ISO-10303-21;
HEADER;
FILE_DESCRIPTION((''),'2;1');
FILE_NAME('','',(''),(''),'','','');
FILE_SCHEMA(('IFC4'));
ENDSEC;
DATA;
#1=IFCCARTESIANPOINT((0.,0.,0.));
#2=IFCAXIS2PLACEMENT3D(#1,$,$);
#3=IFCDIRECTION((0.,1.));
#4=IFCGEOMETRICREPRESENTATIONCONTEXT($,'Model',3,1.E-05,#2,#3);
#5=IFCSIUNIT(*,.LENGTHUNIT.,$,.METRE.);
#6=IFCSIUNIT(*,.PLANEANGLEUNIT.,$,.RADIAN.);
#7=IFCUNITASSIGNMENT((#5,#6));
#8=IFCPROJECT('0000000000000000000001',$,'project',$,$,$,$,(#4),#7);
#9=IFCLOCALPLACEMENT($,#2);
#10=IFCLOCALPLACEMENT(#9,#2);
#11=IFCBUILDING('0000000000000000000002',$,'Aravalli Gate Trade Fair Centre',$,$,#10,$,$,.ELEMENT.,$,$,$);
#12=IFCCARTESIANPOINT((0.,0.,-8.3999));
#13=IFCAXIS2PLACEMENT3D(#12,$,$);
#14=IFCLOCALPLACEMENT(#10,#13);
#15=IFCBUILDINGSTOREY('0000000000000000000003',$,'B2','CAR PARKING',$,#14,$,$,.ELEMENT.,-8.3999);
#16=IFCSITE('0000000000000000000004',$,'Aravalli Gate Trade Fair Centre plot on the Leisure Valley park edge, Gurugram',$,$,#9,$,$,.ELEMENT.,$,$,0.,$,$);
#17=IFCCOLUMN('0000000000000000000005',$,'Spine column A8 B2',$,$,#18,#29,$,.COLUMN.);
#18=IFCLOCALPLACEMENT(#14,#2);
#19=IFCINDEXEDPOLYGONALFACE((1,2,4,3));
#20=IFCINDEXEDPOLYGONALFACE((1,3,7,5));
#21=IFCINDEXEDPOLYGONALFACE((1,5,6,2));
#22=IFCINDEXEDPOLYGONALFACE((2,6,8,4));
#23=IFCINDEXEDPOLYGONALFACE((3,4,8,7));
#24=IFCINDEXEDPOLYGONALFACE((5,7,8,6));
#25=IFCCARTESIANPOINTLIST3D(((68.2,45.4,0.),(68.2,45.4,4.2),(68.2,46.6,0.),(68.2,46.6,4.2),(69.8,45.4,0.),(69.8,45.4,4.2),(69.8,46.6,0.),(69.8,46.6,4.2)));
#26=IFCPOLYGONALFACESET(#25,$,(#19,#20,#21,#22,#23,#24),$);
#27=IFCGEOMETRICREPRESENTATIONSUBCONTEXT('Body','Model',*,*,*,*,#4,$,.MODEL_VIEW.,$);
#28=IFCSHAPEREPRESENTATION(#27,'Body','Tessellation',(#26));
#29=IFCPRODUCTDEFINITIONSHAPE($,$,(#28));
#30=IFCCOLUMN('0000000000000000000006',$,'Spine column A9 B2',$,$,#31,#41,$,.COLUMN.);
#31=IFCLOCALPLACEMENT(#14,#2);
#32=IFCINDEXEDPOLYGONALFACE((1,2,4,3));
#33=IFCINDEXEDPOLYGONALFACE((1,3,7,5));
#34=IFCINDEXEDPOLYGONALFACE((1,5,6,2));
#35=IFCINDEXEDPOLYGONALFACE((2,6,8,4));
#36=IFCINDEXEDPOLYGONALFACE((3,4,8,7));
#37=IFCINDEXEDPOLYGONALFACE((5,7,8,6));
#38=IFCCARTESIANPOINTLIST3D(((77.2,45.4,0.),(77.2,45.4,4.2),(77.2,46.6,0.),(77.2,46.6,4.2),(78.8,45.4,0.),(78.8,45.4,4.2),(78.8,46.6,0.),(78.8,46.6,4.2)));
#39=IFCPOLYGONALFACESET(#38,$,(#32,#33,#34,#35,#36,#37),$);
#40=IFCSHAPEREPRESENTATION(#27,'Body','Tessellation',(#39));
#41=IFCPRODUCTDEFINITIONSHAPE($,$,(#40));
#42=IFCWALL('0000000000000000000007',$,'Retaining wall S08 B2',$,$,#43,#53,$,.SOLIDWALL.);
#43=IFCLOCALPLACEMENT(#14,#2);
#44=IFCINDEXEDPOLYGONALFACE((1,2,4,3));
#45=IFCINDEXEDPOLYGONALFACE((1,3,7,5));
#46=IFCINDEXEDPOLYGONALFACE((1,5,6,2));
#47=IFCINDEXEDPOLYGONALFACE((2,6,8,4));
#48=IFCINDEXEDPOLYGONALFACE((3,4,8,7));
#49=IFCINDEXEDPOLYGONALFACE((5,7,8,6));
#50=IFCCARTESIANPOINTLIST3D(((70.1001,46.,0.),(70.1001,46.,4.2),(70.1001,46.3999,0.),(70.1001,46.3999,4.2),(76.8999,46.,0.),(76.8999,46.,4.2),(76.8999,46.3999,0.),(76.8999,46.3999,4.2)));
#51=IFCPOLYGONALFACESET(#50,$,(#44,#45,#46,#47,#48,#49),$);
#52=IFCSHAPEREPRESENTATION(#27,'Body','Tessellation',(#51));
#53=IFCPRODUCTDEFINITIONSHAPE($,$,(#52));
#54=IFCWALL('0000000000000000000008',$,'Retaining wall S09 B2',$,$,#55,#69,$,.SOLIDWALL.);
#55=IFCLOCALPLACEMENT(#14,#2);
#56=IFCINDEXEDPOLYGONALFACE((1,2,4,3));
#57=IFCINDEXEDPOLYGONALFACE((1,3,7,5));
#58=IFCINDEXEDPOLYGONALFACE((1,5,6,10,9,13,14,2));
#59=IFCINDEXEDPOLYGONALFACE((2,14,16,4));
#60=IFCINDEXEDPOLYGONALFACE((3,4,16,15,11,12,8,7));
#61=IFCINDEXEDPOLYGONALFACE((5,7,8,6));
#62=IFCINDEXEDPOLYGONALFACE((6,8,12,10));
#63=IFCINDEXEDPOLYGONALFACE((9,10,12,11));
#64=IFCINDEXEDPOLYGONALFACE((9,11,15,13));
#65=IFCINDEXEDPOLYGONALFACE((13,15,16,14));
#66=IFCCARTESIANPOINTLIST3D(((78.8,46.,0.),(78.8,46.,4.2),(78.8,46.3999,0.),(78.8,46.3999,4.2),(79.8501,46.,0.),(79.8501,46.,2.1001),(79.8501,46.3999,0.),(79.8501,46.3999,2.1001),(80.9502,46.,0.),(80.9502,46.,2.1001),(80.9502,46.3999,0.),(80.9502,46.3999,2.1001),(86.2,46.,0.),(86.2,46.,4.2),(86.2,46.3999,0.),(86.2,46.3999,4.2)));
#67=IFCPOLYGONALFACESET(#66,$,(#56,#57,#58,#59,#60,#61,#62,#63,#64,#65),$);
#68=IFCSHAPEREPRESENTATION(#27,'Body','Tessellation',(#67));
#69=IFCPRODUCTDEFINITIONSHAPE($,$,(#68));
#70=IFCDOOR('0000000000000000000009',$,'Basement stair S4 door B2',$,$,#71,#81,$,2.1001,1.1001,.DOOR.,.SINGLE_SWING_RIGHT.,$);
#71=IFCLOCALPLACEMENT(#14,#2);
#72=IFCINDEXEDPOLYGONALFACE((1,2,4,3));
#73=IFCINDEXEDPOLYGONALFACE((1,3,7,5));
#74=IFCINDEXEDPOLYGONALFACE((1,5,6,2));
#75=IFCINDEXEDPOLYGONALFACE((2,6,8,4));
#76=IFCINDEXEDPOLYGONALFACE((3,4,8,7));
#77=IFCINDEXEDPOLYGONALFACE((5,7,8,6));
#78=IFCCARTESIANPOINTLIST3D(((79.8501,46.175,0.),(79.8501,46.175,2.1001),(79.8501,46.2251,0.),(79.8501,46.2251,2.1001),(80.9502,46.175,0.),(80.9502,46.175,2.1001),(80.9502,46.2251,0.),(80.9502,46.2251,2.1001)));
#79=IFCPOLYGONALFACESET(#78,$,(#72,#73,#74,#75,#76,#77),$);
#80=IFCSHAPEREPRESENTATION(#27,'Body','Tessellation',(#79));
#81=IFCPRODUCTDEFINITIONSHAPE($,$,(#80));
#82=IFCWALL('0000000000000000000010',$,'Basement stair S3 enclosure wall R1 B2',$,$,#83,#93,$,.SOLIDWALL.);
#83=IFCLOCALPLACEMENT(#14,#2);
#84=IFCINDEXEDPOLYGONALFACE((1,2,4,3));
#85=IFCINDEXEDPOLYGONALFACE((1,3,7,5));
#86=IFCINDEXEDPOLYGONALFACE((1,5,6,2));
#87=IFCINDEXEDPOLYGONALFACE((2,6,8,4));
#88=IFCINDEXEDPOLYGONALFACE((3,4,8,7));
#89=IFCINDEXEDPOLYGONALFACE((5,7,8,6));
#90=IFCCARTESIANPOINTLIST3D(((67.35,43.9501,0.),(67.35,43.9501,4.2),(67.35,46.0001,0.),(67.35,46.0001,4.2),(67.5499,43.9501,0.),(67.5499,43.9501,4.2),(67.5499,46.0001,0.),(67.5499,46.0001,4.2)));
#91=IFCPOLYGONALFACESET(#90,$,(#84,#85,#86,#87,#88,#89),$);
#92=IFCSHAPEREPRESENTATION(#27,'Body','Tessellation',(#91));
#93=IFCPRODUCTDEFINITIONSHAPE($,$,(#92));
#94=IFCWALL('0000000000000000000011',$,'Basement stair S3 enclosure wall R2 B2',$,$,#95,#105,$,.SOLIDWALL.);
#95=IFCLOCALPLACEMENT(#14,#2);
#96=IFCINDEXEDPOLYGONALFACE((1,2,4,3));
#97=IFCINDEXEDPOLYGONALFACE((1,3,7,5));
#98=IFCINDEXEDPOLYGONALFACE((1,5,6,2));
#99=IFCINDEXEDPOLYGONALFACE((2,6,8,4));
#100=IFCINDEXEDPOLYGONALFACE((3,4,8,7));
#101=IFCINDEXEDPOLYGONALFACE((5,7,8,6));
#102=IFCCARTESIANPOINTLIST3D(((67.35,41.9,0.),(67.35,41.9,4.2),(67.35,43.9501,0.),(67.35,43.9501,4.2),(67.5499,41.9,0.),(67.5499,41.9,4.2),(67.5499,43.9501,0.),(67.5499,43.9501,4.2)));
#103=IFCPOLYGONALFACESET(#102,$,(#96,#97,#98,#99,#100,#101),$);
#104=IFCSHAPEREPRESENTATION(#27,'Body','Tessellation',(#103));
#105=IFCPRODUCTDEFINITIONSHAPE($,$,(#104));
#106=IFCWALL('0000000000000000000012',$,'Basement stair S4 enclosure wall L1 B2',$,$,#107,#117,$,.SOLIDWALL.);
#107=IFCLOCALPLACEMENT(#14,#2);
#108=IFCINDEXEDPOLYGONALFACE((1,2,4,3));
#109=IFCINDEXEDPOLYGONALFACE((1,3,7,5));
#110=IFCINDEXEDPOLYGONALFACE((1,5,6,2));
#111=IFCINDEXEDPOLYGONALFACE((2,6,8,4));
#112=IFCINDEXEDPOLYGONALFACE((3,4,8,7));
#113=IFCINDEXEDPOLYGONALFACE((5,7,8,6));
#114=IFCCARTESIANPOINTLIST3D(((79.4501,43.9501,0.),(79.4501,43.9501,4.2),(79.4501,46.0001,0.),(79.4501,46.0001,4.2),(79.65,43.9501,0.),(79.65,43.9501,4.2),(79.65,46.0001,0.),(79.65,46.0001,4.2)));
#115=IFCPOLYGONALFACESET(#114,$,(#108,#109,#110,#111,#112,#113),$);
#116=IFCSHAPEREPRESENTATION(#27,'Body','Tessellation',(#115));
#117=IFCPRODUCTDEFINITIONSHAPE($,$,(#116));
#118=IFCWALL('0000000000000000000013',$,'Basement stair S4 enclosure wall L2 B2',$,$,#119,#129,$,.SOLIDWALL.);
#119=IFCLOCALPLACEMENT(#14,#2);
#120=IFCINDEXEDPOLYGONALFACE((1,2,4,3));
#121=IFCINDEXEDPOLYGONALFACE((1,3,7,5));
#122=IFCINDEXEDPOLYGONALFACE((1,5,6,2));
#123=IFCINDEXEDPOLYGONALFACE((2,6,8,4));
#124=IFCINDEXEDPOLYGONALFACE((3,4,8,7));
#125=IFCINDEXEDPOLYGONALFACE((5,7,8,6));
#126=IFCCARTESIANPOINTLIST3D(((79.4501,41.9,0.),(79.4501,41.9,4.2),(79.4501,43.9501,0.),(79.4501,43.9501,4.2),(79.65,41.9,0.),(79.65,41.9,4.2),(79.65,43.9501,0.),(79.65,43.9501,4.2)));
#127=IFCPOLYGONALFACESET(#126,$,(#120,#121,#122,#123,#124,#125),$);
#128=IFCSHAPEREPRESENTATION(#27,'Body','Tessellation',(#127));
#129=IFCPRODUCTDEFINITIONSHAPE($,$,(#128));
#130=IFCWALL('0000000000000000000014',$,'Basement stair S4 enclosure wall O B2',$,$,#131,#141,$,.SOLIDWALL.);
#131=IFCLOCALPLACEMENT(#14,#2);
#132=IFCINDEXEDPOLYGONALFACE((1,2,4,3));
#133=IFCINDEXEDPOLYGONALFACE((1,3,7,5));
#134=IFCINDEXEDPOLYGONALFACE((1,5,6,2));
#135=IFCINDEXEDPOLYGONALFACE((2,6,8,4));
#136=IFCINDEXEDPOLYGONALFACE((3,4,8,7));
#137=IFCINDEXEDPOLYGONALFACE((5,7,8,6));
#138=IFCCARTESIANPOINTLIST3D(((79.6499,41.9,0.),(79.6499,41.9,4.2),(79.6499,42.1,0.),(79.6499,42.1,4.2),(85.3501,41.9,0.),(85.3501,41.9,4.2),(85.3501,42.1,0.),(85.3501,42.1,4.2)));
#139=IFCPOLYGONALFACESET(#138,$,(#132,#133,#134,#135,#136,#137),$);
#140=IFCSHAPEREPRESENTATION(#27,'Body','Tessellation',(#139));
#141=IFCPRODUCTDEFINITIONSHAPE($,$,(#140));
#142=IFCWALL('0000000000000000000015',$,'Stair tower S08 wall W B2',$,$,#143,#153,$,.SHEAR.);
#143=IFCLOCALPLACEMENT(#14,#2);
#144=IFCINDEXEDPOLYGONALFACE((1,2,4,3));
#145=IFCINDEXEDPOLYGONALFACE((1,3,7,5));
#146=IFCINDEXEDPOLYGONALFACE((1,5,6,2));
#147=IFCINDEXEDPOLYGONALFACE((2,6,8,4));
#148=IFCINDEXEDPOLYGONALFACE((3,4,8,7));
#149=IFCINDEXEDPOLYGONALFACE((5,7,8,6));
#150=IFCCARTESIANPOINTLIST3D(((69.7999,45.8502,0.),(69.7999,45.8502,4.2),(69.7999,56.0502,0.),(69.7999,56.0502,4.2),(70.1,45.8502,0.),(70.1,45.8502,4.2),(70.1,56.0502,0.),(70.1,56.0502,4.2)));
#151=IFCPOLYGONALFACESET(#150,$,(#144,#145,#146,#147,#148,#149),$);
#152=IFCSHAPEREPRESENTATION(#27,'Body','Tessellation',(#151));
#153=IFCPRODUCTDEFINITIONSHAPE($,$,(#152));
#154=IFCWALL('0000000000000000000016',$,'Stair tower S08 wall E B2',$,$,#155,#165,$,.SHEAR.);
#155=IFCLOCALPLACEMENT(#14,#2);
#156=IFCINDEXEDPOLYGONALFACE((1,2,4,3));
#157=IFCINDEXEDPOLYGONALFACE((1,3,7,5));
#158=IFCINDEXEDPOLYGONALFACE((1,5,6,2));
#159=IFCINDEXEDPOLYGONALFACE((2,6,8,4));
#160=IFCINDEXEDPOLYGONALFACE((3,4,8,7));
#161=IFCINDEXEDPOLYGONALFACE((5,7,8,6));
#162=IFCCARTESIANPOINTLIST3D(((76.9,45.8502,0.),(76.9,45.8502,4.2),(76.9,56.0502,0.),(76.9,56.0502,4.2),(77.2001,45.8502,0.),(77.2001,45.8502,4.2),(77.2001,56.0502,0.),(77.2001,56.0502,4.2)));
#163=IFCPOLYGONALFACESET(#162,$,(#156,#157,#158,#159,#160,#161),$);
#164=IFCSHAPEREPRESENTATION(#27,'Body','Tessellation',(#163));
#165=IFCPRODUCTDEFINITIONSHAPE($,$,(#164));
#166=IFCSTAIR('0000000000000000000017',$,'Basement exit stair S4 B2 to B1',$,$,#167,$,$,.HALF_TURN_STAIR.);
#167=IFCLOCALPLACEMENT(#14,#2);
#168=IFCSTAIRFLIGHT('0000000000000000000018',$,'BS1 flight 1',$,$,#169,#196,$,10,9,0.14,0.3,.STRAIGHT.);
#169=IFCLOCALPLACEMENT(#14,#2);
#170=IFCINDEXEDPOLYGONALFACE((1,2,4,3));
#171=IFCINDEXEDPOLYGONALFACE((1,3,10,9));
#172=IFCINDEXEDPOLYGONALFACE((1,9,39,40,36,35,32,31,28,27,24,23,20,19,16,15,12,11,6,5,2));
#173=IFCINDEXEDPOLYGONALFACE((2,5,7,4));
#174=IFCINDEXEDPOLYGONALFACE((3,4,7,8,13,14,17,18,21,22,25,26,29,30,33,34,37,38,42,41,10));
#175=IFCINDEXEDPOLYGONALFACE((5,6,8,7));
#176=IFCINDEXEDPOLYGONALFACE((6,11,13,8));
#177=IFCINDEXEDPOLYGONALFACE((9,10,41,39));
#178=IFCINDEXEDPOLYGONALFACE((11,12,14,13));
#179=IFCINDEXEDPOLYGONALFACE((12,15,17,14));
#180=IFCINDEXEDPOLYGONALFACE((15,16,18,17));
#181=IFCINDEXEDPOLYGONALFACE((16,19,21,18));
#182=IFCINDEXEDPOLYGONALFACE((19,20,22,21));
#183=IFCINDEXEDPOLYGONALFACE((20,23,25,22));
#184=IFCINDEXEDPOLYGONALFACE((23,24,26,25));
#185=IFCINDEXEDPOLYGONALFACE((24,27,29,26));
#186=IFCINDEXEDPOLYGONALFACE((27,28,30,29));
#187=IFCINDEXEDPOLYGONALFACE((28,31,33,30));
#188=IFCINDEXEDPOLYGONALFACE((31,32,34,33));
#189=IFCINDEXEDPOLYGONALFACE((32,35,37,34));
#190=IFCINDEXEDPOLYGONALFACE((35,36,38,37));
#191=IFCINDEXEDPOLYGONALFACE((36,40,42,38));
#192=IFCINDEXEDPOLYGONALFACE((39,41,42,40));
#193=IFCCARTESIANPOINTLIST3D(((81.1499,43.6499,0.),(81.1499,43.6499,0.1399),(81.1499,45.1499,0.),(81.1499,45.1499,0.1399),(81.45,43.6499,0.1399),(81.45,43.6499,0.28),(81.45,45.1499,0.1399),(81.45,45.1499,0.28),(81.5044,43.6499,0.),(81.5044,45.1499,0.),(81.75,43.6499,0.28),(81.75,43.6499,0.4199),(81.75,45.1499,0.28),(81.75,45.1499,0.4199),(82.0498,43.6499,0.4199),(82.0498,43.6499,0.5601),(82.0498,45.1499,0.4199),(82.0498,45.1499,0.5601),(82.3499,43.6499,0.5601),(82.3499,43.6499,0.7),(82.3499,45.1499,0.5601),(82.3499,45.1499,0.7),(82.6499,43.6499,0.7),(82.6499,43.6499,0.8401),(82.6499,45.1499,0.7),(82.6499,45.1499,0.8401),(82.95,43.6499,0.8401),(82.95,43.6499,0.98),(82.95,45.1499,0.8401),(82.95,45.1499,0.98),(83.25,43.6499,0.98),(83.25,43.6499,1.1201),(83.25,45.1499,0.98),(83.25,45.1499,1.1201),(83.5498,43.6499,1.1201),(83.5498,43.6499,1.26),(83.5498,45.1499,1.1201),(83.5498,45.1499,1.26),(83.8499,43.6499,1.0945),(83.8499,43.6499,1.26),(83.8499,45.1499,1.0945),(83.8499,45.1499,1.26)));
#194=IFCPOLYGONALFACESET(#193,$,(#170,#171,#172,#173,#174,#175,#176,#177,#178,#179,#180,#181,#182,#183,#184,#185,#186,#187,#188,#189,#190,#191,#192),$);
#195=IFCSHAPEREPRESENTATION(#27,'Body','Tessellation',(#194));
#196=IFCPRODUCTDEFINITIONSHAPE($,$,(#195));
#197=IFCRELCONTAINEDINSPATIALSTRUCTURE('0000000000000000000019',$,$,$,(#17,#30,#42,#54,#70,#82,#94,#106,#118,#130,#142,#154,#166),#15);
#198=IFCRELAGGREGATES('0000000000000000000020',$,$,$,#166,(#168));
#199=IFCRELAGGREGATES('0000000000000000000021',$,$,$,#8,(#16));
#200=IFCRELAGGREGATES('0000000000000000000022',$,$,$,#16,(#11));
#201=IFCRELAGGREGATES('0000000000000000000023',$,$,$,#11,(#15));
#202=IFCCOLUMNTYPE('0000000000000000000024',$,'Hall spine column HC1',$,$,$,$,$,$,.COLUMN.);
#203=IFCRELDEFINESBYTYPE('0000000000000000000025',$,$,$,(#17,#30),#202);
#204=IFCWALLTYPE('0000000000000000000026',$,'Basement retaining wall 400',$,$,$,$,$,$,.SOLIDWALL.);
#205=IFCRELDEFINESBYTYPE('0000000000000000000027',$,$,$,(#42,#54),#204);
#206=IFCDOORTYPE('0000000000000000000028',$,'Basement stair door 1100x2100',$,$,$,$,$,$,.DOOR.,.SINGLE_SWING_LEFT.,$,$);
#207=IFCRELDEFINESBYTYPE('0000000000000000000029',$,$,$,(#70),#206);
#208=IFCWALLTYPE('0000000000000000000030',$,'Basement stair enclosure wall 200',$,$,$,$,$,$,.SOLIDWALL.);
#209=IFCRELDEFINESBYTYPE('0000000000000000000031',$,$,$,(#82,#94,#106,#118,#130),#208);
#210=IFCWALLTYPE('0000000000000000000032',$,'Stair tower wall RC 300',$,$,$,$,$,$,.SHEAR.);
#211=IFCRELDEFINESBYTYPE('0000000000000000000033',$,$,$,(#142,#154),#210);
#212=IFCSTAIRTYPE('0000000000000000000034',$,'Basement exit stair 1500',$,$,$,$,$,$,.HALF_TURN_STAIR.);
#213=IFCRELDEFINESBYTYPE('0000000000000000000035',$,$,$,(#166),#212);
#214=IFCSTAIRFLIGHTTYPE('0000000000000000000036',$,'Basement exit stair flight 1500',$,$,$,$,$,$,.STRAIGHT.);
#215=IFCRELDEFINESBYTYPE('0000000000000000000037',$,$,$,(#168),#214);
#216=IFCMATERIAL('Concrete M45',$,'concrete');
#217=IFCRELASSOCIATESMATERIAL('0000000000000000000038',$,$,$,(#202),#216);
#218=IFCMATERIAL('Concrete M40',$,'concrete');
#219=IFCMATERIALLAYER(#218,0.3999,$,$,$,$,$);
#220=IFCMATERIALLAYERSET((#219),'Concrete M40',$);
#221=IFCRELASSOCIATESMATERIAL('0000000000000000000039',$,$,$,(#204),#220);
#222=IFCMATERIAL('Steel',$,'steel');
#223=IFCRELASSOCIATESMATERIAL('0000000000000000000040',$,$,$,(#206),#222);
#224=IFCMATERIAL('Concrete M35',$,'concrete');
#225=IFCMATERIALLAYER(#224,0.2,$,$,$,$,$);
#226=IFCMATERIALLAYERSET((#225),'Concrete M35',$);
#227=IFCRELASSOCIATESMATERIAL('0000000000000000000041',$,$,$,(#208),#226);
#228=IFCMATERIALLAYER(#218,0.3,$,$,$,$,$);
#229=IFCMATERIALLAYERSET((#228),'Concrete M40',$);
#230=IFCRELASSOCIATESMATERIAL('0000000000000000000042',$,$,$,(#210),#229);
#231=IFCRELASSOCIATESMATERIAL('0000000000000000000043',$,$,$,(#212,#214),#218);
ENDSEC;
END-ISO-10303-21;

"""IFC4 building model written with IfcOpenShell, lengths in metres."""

from ifc_helpers import new_model, si_unit, direction, frame, frame_2d, origin, origin_2d, place, context, subcontext, project, spatial, polyline, rectangle, outline, extrude, material, layer, layer_set, material_profile, profile_set, type_object, element, fill, aggregate, save


model = new_model("IFC4")

# Units and contexts
model_context = context("Model", 3, precision=1e-05, world=origin(), true_north=direction((0.0, 1.0)))
body_context = subcontext(model_context, "Body", "Model", "MODEL_VIEW")
ifc_project = project(units=[si_unit("LENGTHUNIT", "METRE"), si_unit("PLANEANGLEUNIT", "RADIAN")], contexts=[model_context])

# Site, building, storey
site_placement = place(None, origin())
site = spatial("IfcSite", under=ifc_project, at=site_placement, Name="Aravalli Gate Trade Fair Centre plot on the Leisure Valley park edge, Gurugram", CompositionType="ELEMENT", RefElevation=0.0)
building_placement = place(site_placement, origin())
building = spatial("IfcBuilding", under=site, at=building_placement, Name="Aravalli Gate Trade Fair Centre", CompositionType="ELEMENT")
storey_placement = place(building_placement, frame((0.0, 0.0, -8.3999)))
storey = spatial("IfcBuildingStorey", under=building, at=storey_placement, Name="B2", Description="CAR PARKING", CompositionType="ELEMENT", Elevation=-8.3999)

# Shared definitions
ifc_material_1 = material(Name="Concrete M35", Category="concrete")

# Columns
ifc_material_2 = material(Name="Concrete M45", Category="concrete")
ifc_material_profile_1 = material_profile(ifc_material_2, rectangle(XDim=1.6001, YDim=1.2, at=origin_2d()), Name="RC 1600x1200")
ifc_profile_set_1 = profile_set([ifc_material_profile_1], Name="Concrete M45")
column_type = type_object("IfcColumnType", Name="Hall spine column HC1", PredefinedType="COLUMN", material=ifc_profile_set_1)
for number, where, z_axis, x_axis, name in (
    (1, (69.0, 46.0, 0.0), (0.0, 0.0, 1.0), (1.0, 0.0, 0.0), "Spine column A8 B2"),
    (2, (78.0, 46.0, 0.0), (0.0, 0.0, 1.0), (1.0, 0.0, 0.0), "Spine column A9 B2"),
):
    element("IfcColumn", number, at=place(storey_placement, frame(where, z_axis=z_axis, x_axis=x_axis)), inside=storey, type_object=column_type, Name=name, PredefinedType="COLUMN", context=body_context, shape_type="SweptSolid", body=[
        extrude(rectangle(XDim=1.6001, YDim=1.2, at=origin_2d()), origin(), (0.0, 0.0, 1.0), 4.2),
    ])

# Wall
ifc_material_3 = material(Name="Concrete M40", Category="concrete")
ifc_layer_1 = layer(ifc_material_3, 0.3999)
ifc_layer_set_1 = layer_set([ifc_layer_1], Name="Concrete M40")
wall_type_1 = type_object("IfcWallType", Name="Basement retaining wall 400", PredefinedType="SOLIDWALL", material=ifc_layer_set_1)
wall_1_placement = place(storey_placement, frame((70.1001, 46.2, 0.0), z_axis=(0.0, 0.0, 1.0), x_axis=(1.0, 0.0, 0.0)))
element("IfcWall", 3, at=wall_1_placement, inside=storey, type_object=wall_type_1, Name="Retaining wall S08 B2", PredefinedType="SOLIDWALL", context=body_context, shape_type="SweptSolid", body=[
    extrude(rectangle(XDim=6.7998, YDim=0.3999, at=frame_2d((3.3999, 0.0))), origin(), (0.0, 0.0, 1.0), 4.2),
])

# Wall, opening, door
wall_2_placement = place(storey_placement, frame((78.8, 46.2, 0.0), z_axis=(0.0, 0.0, 1.0), x_axis=(1.0, 0.0, 0.0)))
wall_2 = element("IfcWall", 4, at=wall_2_placement, inside=storey, type_object=wall_type_1, Name="Retaining wall S09 B2", PredefinedType="SOLIDWALL", context=body_context, shape_type="SweptSolid", body=[
    extrude(rectangle(XDim=7.3999, YDim=0.3999, at=frame_2d((3.7, 0.0))), origin(), (0.0, 0.0, 1.0), 4.2),
])
opening_placement = place(wall_2_placement, frame((1.05, 0.0, 0.0)))
opening = element("IfcOpeningElement", 5, at=opening_placement, cuts=wall_2, PredefinedType="OPENING", context=body_context, shape_type="SweptSolid", body=[
    extrude(rectangle(XDim=1.1001, YDim=2.1001, at=frame_2d((0.55, 1.05))), frame((0.0, 0.21, 0.0), z_axis=(0.0, -1.0, 0.0), x_axis=(1.0, 0.0, 0.0)), (0.0, 0.0, 1.0), 0.4199),
])
ifc_material_4 = material(Name="Steel", Category="steel")
door_type = type_object("IfcDoorType", Name="Basement stair door 1100x2100", OperationType="SINGLE_SWING_LEFT", PredefinedType="DOOR", material=ifc_material_4)
door_placement = place(opening_placement, frame((1.1001, 0.0, 0.0), z_axis=(0.0, 0.0, 1.0), x_axis=(-1.0, 0.0, 0.0)))
door = element("IfcDoor", 6, at=door_placement, inside=storey, type_object=door_type, Name="Basement stair S4 door B2", OperationType="SINGLE_SWING_RIGHT", OverallHeight=2.1001, OverallWidth=1.1001, PredefinedType="DOOR", context=body_context, shape_type="SweptSolid", body=[
    extrude(rectangle(XDim=1.1001, YDim=2.1001, at=frame_2d((0.55, 1.05))), frame((0.0, 0.0249, 0.0), z_axis=(0.0, -1.0, 0.0), x_axis=(1.0, 0.0, 0.0)), (0.0, 0.0, 1.0), 0.05),
])
fill(opening, door)

# Walls
ifc_layer_2 = layer(ifc_material_1, 0.2)
ifc_layer_set_2 = layer_set([ifc_layer_2], Name="Concrete M35")
wall_type_2 = type_object("IfcWallType", Name="Basement stair enclosure wall 200", PredefinedType="SOLIDWALL", material=ifc_layer_set_2)
for number, where, z_axis, x_axis, name in (
    (7, (67.45, 46.0, 0.0), (0.0, 0.0, 1.0), (0.0, -1.0, 0.0), "Basement stair S3 enclosure wall R1 B2"),
    (8, (67.45, 43.95, 0.0), (0.0, 0.0, 1.0), (0.0, -1.0, 0.0), "Basement stair S3 enclosure wall R2 B2"),
    (9, (79.55, 46.0, 0.0), (0.0, 0.0, 1.0), (0.0, -1.0, 0.0), "Basement stair S4 enclosure wall L1 B2"),
    (10, (79.55, 43.95, 0.0), (0.0, 0.0, 1.0), (0.0, -1.0, 0.0), "Basement stair S4 enclosure wall L2 B2"),
):
    element("IfcWall", number, at=place(storey_placement, frame(where, z_axis=z_axis, x_axis=x_axis)), inside=storey, type_object=wall_type_2, Name=name, PredefinedType="SOLIDWALL", context=body_context, shape_type="SweptSolid", body=[
        extrude(rectangle(XDim=2.05, YDim=0.2, at=frame_2d((1.0249, 0.0))), origin(), (0.0, 0.0, 1.0), 4.2),
    ])
wall_3_placement = place(storey_placement, frame((79.6499, 42.0, 0.0), z_axis=(0.0, 0.0, 1.0), x_axis=(1.0, 0.0, 0.0)))
element("IfcWall", 11, at=wall_3_placement, inside=storey, type_object=wall_type_2, Name="Basement stair S4 enclosure wall O B2", PredefinedType="SOLIDWALL", context=body_context, shape_type="SweptSolid", body=[
    extrude(rectangle(XDim=5.7002, YDim=0.2, at=frame_2d((2.8501, 0.0))), origin(), (0.0, 0.0, 1.0), 4.2),
])
ifc_layer_3 = layer(ifc_material_3, 0.3)
ifc_layer_set_3 = layer_set([ifc_layer_3], Name="Concrete M40")
wall_type_3 = type_object("IfcWallType", Name="Stair tower wall RC 300", PredefinedType="SHEAR", material=ifc_layer_set_3)
for number, where, z_axis, x_axis, name in (
    (12, (69.95, 45.8501, 0.0), (0.0, 0.0, 1.0), (0.0, 1.0, 0.0), "Stair tower S08 wall W B2"),
    (13, (77.05, 45.8501, 0.0), (0.0, 0.0, 1.0), (0.0, 1.0, 0.0), "Stair tower S08 wall E B2"),
):
    element("IfcWall", number, at=place(storey_placement, frame(where, z_axis=z_axis, x_axis=x_axis)), inside=storey, type_object=wall_type_3, Name=name, PredefinedType="SHEAR", context=body_context, shape_type="SweptSolid", body=[
        extrude(rectangle(XDim=10.2, YDim=0.3, at=frame_2d((5.1001, 0.0))), origin(), (0.0, 0.0, 1.0), 4.2),
    ])

# Stair, stair flight
stair_type = type_object("IfcStairType", Name="Basement exit stair 1500", PredefinedType="HALF_TURN_STAIR", material=ifc_material_3)
stair_placement = place(storey_placement, origin())
stair = element("IfcStair", 14, at=stair_placement, inside=storey, type_object=stair_type, Name="Basement exit stair S4 B2 to B1", PredefinedType="HALF_TURN_STAIR")
stair_flight_type = type_object("IfcStairFlightType", Name="Basement exit stair flight 1500", PredefinedType="STRAIGHT", material=ifc_material_3)
stair_flight_placement = place(storey_placement, frame((81.1499, 44.3999, 0.0), z_axis=(0.0, 0.0, 1.0), x_axis=(1.0, 0.0, 0.0)))
stair_flight = element("IfcStairFlight", 15, at=stair_flight_placement, type_object=stair_flight_type, Name="BS1 flight 1", NumberOfRisers=10, NumberOfTreads=9, PredefinedType="STRAIGHT", RiserHeight=0.14, TreadLength=0.3, context=body_context, shape_type="SweptSolid", body=[
    extrude(outline(polyline([(0.0, 0.0), (0.0, 0.1399), (0.3, 0.1399), (0.3, 0.28), (0.6001, 0.28), (0.6001, 0.4199), (0.8999, 0.4199), (0.8999, 0.5601), (1.2, 0.5601), (1.2, 0.7), (1.5, 0.7), (1.5, 0.8401), (1.8, 0.8401), (1.8, 0.98), (2.1001, 0.98), (2.1001, 1.1201), (2.3999, 1.1201), (2.3999, 1.26), (2.7, 1.26), (2.7, 1.3999), (2.7, 1.0945), (0.3545, 0.0), (0.0, 0.0)])), frame((0.0, 0.75, 0.0), z_axis=(0.0, -1.0, 0.0), x_axis=(1.0, 0.0, 0.0)), (0.0, 0.0, 1.0), 1.5),
])
aggregate(stair, [stair_flight])

save(model, "model.ifc")
